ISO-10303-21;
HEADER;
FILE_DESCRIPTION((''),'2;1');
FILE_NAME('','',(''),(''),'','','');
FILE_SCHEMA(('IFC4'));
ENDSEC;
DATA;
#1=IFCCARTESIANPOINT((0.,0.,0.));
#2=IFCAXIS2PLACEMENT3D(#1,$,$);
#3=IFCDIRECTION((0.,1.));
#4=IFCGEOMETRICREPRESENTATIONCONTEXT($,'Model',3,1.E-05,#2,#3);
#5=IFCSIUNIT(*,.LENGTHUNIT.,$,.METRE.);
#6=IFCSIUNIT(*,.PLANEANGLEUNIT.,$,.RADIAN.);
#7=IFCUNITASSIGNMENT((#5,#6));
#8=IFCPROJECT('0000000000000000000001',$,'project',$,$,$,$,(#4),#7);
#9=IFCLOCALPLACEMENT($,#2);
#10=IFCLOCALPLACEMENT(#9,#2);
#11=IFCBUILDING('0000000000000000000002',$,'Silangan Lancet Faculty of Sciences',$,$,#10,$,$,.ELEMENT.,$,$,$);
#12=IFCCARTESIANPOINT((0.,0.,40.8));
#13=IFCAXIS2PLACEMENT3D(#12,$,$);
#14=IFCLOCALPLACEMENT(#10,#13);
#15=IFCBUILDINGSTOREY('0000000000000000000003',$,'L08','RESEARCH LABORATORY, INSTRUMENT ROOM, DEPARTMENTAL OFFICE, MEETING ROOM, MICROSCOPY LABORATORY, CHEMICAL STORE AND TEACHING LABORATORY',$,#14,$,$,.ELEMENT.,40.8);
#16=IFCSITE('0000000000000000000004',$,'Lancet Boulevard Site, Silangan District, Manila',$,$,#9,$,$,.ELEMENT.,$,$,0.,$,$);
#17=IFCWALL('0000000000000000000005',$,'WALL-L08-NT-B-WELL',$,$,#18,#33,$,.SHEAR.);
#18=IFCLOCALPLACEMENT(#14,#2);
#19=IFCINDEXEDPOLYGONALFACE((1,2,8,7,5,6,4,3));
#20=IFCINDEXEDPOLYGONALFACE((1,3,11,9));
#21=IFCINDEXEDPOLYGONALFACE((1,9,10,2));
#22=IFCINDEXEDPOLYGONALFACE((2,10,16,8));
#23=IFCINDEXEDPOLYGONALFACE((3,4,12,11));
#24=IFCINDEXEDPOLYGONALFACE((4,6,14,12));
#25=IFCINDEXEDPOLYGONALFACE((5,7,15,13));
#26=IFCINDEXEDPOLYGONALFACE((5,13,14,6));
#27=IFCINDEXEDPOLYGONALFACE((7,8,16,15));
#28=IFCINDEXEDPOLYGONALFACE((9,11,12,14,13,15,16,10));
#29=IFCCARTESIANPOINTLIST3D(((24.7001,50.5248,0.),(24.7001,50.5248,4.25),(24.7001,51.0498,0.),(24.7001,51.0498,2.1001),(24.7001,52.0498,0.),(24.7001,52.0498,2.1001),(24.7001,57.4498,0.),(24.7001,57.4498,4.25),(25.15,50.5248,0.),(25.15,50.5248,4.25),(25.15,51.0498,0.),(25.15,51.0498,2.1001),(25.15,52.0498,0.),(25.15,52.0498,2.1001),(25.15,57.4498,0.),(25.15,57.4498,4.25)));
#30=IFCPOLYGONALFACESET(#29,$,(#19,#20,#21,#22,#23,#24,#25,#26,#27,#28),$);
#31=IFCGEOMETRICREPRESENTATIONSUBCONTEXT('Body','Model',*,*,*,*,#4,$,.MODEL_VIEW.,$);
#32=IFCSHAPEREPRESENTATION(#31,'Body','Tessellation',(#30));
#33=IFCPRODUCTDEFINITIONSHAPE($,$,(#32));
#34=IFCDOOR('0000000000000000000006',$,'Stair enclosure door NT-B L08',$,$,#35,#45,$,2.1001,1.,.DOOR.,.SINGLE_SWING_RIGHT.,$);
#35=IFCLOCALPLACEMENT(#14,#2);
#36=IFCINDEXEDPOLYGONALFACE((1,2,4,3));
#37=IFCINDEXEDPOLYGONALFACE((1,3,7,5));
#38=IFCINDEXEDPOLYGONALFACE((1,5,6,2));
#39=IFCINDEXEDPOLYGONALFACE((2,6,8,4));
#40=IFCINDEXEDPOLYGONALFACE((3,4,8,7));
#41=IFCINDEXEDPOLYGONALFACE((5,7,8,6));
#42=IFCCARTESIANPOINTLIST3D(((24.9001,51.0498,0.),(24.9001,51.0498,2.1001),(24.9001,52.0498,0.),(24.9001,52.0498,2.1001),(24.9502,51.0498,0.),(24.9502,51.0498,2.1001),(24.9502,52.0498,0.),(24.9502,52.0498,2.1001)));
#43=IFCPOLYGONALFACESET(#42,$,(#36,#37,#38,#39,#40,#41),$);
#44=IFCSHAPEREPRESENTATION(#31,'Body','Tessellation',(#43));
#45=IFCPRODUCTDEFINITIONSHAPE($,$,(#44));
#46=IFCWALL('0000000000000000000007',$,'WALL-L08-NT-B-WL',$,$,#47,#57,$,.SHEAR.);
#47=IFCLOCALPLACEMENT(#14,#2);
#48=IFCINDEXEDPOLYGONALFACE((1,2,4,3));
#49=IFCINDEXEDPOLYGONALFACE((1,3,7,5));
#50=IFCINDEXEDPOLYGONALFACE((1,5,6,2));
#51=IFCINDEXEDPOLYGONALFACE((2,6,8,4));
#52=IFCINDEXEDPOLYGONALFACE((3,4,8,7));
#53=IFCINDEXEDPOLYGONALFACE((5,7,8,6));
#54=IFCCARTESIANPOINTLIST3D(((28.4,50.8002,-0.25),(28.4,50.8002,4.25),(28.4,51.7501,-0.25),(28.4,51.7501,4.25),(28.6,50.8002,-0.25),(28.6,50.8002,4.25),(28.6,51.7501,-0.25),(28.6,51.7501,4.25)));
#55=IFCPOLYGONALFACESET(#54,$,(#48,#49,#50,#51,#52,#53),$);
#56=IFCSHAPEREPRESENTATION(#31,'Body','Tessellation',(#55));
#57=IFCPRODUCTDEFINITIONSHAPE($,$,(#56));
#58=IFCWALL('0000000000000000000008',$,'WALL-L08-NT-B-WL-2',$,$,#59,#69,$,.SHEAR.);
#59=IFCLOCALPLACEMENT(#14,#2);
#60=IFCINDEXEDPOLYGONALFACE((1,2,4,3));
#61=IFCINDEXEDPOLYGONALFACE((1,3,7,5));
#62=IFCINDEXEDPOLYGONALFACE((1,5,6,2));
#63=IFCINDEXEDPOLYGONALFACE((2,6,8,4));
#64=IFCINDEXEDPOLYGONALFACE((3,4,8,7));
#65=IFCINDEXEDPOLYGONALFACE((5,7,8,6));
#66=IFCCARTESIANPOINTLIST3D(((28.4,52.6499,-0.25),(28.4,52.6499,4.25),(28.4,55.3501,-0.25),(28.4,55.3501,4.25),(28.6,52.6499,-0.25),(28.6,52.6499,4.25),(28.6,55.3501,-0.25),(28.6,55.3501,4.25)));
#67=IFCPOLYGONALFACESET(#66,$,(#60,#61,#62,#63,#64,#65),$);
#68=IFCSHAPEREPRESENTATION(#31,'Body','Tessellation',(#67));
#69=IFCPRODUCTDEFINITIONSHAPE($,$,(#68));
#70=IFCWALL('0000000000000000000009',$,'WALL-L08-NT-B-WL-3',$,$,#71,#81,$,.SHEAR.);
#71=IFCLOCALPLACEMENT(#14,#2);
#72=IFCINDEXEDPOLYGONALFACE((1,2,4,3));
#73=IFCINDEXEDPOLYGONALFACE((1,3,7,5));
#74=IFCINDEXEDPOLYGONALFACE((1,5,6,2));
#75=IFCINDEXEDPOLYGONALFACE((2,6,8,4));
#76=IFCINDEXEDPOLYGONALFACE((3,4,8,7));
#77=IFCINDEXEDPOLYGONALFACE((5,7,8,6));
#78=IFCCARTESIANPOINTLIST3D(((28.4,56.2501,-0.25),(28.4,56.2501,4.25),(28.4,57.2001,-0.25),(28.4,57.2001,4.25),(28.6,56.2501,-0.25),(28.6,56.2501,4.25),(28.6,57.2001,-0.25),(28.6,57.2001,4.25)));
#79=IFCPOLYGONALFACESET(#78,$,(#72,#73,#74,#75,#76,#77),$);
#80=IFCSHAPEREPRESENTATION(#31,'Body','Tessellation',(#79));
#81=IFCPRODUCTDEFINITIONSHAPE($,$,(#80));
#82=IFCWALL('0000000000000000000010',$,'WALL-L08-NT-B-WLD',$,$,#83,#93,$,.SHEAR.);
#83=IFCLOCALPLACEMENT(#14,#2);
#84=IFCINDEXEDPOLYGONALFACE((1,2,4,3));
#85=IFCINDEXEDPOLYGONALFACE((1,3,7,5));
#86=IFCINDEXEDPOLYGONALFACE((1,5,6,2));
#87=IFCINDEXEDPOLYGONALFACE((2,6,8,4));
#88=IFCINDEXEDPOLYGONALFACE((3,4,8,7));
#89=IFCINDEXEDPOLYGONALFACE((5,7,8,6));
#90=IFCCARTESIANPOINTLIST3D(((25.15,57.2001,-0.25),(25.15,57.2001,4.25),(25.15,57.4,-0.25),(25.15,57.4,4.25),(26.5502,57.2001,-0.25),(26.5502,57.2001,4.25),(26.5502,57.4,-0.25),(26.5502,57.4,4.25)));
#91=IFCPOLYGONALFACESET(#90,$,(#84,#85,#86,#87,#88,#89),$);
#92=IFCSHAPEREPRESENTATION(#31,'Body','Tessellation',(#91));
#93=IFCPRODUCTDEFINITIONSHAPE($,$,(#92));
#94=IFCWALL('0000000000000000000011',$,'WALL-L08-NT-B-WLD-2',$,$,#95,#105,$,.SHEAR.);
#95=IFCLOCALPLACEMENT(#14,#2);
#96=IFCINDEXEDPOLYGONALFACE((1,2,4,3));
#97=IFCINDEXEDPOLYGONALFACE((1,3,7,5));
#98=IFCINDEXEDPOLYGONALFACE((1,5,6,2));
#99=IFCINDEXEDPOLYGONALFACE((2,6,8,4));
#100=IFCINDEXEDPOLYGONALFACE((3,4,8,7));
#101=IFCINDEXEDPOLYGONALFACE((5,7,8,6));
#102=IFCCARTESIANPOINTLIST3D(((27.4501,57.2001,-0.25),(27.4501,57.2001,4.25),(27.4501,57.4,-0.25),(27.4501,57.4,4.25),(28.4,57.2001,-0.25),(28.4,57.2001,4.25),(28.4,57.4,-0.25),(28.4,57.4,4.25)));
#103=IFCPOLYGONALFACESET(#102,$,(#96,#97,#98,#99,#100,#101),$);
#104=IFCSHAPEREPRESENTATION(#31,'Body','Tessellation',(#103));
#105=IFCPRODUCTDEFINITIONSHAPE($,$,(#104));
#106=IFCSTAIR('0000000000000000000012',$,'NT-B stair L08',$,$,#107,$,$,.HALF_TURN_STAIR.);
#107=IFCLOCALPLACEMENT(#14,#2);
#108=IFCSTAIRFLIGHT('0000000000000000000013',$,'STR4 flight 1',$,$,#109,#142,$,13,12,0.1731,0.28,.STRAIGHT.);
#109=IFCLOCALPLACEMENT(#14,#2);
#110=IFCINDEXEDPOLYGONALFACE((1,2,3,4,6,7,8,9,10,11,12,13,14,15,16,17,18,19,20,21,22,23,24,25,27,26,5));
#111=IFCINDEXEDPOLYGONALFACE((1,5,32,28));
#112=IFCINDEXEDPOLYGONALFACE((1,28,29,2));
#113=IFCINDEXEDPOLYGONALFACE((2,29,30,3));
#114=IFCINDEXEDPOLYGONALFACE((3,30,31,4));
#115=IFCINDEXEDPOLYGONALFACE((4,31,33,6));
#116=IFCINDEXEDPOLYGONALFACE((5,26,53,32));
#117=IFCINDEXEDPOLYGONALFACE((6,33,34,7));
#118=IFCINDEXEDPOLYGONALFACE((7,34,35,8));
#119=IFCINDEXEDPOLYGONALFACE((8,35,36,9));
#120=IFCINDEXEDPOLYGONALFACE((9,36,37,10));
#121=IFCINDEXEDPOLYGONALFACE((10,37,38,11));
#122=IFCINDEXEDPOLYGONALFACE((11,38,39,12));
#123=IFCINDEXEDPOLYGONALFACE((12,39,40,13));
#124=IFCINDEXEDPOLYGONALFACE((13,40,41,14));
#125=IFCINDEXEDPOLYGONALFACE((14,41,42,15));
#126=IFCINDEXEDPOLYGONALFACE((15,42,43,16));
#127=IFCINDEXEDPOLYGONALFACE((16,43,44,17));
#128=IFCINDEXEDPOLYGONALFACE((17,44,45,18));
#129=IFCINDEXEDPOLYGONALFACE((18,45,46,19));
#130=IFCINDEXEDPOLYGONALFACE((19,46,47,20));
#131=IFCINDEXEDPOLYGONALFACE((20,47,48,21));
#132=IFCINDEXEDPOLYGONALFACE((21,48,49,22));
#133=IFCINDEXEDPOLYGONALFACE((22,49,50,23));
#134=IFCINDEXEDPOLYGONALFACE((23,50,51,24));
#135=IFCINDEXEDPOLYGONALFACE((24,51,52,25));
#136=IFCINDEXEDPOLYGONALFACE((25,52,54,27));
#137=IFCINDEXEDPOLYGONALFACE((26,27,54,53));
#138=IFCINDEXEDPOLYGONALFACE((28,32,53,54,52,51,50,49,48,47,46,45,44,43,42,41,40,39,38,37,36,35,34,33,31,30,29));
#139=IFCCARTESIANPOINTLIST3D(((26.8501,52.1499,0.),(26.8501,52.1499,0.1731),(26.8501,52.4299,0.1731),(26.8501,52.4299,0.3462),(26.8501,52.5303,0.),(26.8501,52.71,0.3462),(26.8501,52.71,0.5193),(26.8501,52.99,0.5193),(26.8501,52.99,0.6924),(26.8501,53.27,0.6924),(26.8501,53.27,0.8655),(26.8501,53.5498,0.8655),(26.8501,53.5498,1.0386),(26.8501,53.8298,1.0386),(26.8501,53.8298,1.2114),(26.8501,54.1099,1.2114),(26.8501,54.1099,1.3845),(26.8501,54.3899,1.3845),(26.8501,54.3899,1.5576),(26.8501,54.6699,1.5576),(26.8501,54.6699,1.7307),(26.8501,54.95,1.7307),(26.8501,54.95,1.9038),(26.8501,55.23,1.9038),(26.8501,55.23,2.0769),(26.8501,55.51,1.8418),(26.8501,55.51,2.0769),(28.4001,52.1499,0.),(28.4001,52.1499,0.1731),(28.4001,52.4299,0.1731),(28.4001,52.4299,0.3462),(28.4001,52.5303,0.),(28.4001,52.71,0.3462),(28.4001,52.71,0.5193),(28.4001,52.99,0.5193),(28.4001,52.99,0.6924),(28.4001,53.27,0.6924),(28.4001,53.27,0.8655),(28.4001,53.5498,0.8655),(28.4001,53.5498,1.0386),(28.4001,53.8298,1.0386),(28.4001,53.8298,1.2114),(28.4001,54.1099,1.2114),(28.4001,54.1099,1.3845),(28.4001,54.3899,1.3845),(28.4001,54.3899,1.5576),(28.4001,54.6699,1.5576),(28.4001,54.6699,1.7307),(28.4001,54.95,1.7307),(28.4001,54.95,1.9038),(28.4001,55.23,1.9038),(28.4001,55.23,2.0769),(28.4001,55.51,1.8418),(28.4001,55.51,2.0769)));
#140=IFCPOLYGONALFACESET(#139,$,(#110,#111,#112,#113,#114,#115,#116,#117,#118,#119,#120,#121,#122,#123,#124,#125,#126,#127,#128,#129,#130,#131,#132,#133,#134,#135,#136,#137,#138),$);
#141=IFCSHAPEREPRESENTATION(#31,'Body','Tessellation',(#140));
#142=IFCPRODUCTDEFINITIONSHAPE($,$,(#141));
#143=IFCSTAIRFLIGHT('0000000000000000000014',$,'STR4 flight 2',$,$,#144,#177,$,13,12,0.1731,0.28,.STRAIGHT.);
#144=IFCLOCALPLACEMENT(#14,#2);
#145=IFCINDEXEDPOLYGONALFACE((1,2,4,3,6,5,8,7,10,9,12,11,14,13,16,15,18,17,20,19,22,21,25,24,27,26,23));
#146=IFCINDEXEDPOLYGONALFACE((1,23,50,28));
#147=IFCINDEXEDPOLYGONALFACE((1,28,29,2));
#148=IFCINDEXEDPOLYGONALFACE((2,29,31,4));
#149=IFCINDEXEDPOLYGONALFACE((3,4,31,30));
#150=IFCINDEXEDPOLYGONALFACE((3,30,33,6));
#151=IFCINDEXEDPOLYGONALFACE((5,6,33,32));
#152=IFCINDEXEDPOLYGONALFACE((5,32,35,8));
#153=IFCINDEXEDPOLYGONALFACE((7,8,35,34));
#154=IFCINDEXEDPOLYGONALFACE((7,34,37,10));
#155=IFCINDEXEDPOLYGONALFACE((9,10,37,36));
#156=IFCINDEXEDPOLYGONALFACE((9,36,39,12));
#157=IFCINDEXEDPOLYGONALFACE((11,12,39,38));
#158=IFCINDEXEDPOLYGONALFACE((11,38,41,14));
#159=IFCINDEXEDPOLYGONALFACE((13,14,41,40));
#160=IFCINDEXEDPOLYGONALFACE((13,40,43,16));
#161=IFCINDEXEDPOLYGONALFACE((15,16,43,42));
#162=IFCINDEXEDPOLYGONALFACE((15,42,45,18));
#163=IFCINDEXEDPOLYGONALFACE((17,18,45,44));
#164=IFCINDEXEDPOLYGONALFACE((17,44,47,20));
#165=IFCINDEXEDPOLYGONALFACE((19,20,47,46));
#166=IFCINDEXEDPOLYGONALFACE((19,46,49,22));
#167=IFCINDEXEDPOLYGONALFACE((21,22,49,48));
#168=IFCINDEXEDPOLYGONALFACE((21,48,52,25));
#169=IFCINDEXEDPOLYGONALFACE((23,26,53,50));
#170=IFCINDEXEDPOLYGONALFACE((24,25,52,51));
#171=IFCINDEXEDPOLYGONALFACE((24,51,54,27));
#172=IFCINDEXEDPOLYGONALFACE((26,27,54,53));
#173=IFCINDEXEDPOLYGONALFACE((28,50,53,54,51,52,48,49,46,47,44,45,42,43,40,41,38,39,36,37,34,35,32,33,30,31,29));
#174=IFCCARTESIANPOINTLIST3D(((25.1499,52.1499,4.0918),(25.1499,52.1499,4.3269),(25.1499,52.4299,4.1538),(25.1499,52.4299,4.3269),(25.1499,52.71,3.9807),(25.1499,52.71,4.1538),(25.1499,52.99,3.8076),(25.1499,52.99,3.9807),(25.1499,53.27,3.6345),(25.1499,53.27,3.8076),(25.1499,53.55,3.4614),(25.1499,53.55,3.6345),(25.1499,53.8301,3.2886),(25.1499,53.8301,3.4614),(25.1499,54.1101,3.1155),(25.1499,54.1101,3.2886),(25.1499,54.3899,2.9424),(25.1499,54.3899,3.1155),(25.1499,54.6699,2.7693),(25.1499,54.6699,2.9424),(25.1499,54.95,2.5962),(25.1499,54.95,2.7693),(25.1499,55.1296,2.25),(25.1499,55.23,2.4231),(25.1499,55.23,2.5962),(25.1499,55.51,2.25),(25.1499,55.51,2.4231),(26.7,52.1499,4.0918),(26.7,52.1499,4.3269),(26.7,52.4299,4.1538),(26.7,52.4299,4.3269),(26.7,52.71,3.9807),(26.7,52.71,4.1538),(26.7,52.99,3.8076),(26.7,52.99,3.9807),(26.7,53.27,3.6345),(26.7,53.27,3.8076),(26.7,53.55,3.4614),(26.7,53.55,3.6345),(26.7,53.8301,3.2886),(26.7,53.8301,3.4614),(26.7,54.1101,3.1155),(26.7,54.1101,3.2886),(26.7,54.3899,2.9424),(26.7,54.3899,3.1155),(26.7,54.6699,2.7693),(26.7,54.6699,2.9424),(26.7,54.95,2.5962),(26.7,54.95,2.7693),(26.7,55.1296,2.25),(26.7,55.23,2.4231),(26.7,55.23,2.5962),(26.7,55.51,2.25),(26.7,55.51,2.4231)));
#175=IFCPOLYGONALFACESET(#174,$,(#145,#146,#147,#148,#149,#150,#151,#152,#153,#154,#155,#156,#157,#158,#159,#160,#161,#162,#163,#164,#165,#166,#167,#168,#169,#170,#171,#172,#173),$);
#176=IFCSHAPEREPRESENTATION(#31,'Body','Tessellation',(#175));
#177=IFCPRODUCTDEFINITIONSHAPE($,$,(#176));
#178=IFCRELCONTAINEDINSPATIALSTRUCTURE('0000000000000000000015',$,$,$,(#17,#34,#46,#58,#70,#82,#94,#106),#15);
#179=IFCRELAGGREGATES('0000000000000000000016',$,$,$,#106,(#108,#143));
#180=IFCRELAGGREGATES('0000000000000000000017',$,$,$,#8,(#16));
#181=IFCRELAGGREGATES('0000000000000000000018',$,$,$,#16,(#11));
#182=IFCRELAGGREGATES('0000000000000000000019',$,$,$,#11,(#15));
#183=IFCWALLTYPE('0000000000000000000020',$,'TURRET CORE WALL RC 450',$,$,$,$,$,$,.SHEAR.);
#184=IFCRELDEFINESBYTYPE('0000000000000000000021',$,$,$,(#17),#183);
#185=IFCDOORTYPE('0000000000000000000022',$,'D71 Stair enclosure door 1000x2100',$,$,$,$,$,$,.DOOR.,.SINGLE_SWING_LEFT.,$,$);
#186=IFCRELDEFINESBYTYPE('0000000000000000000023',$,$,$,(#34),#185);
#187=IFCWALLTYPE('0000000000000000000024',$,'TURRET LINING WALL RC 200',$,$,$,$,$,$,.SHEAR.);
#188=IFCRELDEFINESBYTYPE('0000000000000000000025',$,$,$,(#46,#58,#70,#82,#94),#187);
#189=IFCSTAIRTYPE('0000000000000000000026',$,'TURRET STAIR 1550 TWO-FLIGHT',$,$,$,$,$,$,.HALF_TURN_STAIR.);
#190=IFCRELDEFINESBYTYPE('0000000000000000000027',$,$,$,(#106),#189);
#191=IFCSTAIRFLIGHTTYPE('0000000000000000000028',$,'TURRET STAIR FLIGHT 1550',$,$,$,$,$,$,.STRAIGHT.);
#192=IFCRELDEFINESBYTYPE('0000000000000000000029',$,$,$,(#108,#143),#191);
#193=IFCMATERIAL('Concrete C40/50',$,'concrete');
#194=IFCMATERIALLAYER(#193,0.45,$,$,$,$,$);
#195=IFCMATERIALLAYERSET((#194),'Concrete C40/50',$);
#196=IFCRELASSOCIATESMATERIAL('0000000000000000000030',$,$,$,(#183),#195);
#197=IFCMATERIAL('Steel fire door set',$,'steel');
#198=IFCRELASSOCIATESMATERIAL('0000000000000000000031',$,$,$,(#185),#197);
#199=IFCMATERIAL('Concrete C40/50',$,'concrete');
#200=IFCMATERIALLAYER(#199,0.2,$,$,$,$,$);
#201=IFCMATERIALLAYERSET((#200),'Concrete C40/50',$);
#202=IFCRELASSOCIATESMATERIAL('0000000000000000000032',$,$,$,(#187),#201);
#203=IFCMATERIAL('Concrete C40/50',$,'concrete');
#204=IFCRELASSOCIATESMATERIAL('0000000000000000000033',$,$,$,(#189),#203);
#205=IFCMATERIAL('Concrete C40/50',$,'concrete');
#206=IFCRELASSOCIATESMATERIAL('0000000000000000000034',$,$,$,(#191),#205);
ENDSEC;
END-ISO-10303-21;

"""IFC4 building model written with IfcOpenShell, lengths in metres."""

from ifc_helpers import new_model, si_unit, direction, frame, frame_2d, origin, place, context, subcontext, project, spatial, polyline, rectangle, outline, extrude, material, layer, layer_set, type_object, element, fill, aggregate, save


model = new_model("IFC4")

# Units and contexts
model_context = context("Model", 3, precision=1e-05, world=origin(), true_north=direction((0.0, 1.0)))
body_context = subcontext(model_context, "Body", "Model", "MODEL_VIEW")
ifc_project = project(units=[si_unit("LENGTHUNIT", "METRE"), si_unit("PLANEANGLEUNIT", "RADIAN")], contexts=[model_context])

# Site, building, storey
site_placement = place(None, origin())
site = spatial("IfcSite", under=ifc_project, at=site_placement, Name="Lancet Boulevard Site, Silangan District, Manila", CompositionType="ELEMENT", RefElevation=0.0)
building_placement = place(site_placement, origin())
building = spatial("IfcBuilding", under=site, at=building_placement, Name="Silangan Lancet Faculty of Sciences", CompositionType="ELEMENT")
storey_placement = place(building_placement, frame((0.0, 0.0, 40.8)))
storey = spatial("IfcBuildingStorey", under=building, at=storey_placement, Name="L08", Description="RESEARCH LABORATORY, INSTRUMENT ROOM, DEPARTMENTAL OFFICE, MEETING ROOM, MICROSCOPY LABORATORY, CHEMICAL STORE AND TEACHING LABORATORY", CompositionType="ELEMENT", Elevation=40.8)

# Wall, opening, door
ifc_material_1 = material(Name="Concrete C40/50", Category="concrete")
ifc_layer_1 = layer(ifc_material_1, 0.45)
ifc_layer_set_1 = layer_set([ifc_layer_1], Name="Concrete C40/50")
wall_type_1 = type_object("IfcWallType", Name="TURRET CORE WALL RC 450", PredefinedType="SHEAR", material=ifc_layer_set_1)
wall_1_placement = place(storey_placement, frame((24.925, 50.5249, 0.0), z_axis=(0.0, 0.0, 1.0), x_axis=(0.0, 1.0, 0.0)))
wall_1 = element("IfcWall", 1, at=wall_1_placement, inside=storey, type_object=wall_type_1, Name="WALL-L08-NT-B-WELL", PredefinedType="SHEAR", context=body_context, shape_type="SweptSolid", body=[
    extrude(rectangle(XDim=6.925, YDim=0.45, at=frame_2d((3.4624, 0.0))), origin(), (0.0, 0.0, 1.0), 4.25),
])
opening_1_placement = place(wall_1_placement, frame((0.5249, 0.0, 0.0)))
opening_1 = element("IfcOpeningElement", 2, at=opening_1_placement, cuts=wall_1, PredefinedType="OPENING", context=body_context, shape_type="SweptSolid", body=[
    extrude(rectangle(XDim=1.0, YDim=2.1001, at=frame_2d((0.5, 1.05))), frame((0.0, 0.2349, 0.0), z_axis=(0.0, -1.0, 0.0), x_axis=(1.0, 0.0, 0.0)), (0.0, 0.0, 1.0), 0.47),
])
ifc_material_2 = material(Name="Steel fire door set", Category="steel")
door_type = type_object("IfcDoorType", Name="D71 Stair enclosure door 1000x2100", OperationType="SINGLE_SWING_LEFT", PredefinedType="DOOR", material=ifc_material_2)
door_placement = place(opening_1_placement, frame((1.0, 0.0, 0.0), z_axis=(0.0, 0.0, 1.0), x_axis=(-1.0, 0.0, 0.0)))
door = element("IfcDoor", 3, at=door_placement, inside=storey, type_object=door_type, Name="Stair enclosure door NT-B L08", OperationType="SINGLE_SWING_RIGHT", OverallHeight=2.1001, OverallWidth=1.0, PredefinedType="DOOR", context=body_context, shape_type="SweptSolid", body=[
    extrude(rectangle(XDim=1.0, YDim=2.1001, at=frame_2d((0.5, 1.05))), frame((0.0, 0.0251, 0.0), z_axis=(0.0, -1.0, 0.0), x_axis=(1.0, 0.0, 0.0)), (0.0, 0.0, 1.0), 0.05),
])
fill(opening_1, door)

# Walls
ifc_material_3 = material(Name="Concrete C40/50", Category="concrete")
ifc_layer_2 = layer(ifc_material_3, 0.2)
ifc_layer_set_2 = layer_set([ifc_layer_2], Name="Concrete C40/50")
wall_type_2 = type_object("IfcWallType", Name="TURRET LINING WALL RC 200", PredefinedType="SHEAR", material=ifc_layer_set_2)
wall_2_placement = place(storey_placement, frame((28.5, 50.8, -0.25), z_axis=(0.0, 0.0, 1.0), x_axis=(0.0, 1.0, 0.0)))
element("IfcWall", 4, at=wall_2_placement, inside=storey, type_object=wall_type_2, Name="WALL-L08-NT-B-WL", PredefinedType="SHEAR", context=body_context, shape_type="SweptSolid", body=[
    extrude(rectangle(XDim=0.95, YDim=0.2, at=frame_2d((0.4751, 0.0))), origin(), (0.0, 0.0, 1.0), 4.5),
])
wall_3_placement = place(storey_placement, frame((28.5, 52.6499, -0.25), z_axis=(0.0, 0.0, 1.0), x_axis=(0.0, 1.0, 0.0)))
element("IfcWall", 5, at=wall_3_placement, inside=storey, type_object=wall_type_2, Name="WALL-L08-NT-B-WL-2", PredefinedType="SHEAR", context=body_context, shape_type="SweptSolid", body=[
    extrude(rectangle(XDim=2.7002, YDim=0.2, at=frame_2d((1.3501, 0.0))), origin(), (0.0, 0.0, 1.0), 4.5),
])
wall_4_placement = place(storey_placement, frame((28.5, 56.25, -0.25), z_axis=(0.0, 0.0, 1.0), x_axis=(0.0, 1.0, 0.0)))
element("IfcWall", 6, at=wall_4_placement, inside=storey, type_object=wall_type_2, Name="WALL-L08-NT-B-WL-3", PredefinedType="SHEAR", context=body_context, shape_type="SweptSolid", body=[
    extrude(rectangle(XDim=0.95, YDim=0.2, at=frame_2d((0.4751, 0.0))), origin(), (0.0, 0.0, 1.0), 4.5),
])
wall_5_placement = place(storey_placement, frame((25.1499, 57.3, -0.25), z_axis=(0.0, 0.0, 1.0), x_axis=(1.0, 0.0, 0.0)))
element("IfcWall", 7, at=wall_5_placement, inside=storey, type_object=wall_type_2, Name="WALL-L08-NT-B-WLD", PredefinedType="SHEAR", context=body_context, shape_type="SweptSolid", body=[
    extrude(rectangle(XDim=1.4001, YDim=0.2, at=frame_2d((0.7002, 0.0))), origin(), (0.0, 0.0, 1.0), 4.5),
])
wall_6_placement = place(storey_placement, frame((27.45, 57.3, -0.25), z_axis=(0.0, 0.0, 1.0), x_axis=(1.0, 0.0, 0.0)))
element("IfcWall", 8, at=wall_6_placement, inside=storey, type_object=wall_type_2, Name="WALL-L08-NT-B-WLD-2", PredefinedType="SHEAR", context=body_context, shape_type="SweptSolid", body=[
    extrude(rectangle(XDim=0.95, YDim=0.2, at=frame_2d((0.4751, 0.0))), origin(), (0.0, 0.0, 1.0), 4.5),
])

# Stair, stair flights
ifc_material_4 = material(Name="Concrete C40/50", Category="concrete")
stair_type = type_object("IfcStairType", Name="TURRET STAIR 1550 TWO-FLIGHT", PredefinedType="HALF_TURN_STAIR", material=ifc_material_4)
stair_placement = place(storey_placement, origin())
stair = element("IfcStair", 9, at=stair_placement, inside=storey, type_object=stair_type, Name="NT-B stair L08", PredefinedType="HALF_TURN_STAIR")
ifc_material_5 = material(Name="Concrete C40/50", Category="concrete")
stair_flight_type = type_object("IfcStairFlightType", Name="TURRET STAIR FLIGHT 1550", PredefinedType="STRAIGHT", material=ifc_material_5)
stair_flight_1_placement = place(storey_placement, frame((27.625, 52.1499, 0.0), z_axis=(0.0, 0.0, 1.0), x_axis=(0.0, 1.0, 0.0)))
stair_flight_1 = element("IfcStairFlight", 10, at=stair_flight_1_placement, type_object=stair_flight_type, Name="STR4 flight 1", NumberOfRisers=13, NumberOfTreads=12, PredefinedType="STRAIGHT", RiserHeight=0.1731, TreadLength=0.28, context=body_context, shape_type="SweptSolid", body=[
    extrude(outline(polyline([(0.0, 0.0), (0.0, 0.1731), (0.28, 0.1731), (0.28, 0.3462), (0.5601, 0.3462), (0.5601, 0.5193), (0.8401, 0.5193), (0.8401, 0.6924), (1.1201, 0.6924), (1.1201, 0.8655), (1.3999, 0.8655), (1.3999, 1.0386), (1.6799, 1.0386), (1.6799, 1.2114), (1.96, 1.2114), (1.96, 1.3845), (2.24, 1.3845), (2.24, 1.5576), (2.52, 1.5576), (2.52, 1.7307), (2.8, 1.7307), (2.8, 1.9038), (3.0801, 1.9038), (3.0801, 2.0769), (3.3601, 2.0769), (3.3601, 2.25), (3.3601, 1.8418), (0.3804, 0.0), (0.0, 0.0)])), frame((0.0, 0.7749, 0.0), z_axis=(0.0, -1.0, 0.0), x_axis=(1.0, 0.0, 0.0)), (0.0, 0.0, 1.0), 1.55),
])
stair_flight_2_placement = place(storey_placement, frame((25.925, 55.51, 2.25), z_axis=(0.0, 0.0, 1.0), x_axis=(0.0, -1.0, 0.0)))
stair_flight_2 = element("IfcStairFlight", 11, at=stair_flight_2_placement, type_object=stair_flight_type, Name="STR4 flight 2", NumberOfRisers=13, NumberOfTreads=12, PredefinedType="STRAIGHT", RiserHeight=0.1731, TreadLength=0.28, context=body_context, shape_type="SweptSolid", body=[
    extrude(outline(polyline([(0.0, 0.0), (0.0, 0.1731), (0.28, 0.1731), (0.28, 0.3462), (0.5601, 0.3462), (0.5601, 0.5193), (0.8401, 0.5193), (0.8401, 0.6924), (1.1201, 0.6924), (1.1201, 0.8655), (1.3999, 0.8655), (1.3999, 1.0386), (1.6799, 1.0386), (1.6799, 1.2114), (1.96, 1.2114), (1.96, 1.3845), (2.24, 1.3845), (2.24, 1.5576), (2.52, 1.5576), (2.52, 1.7307), (2.8, 1.7307), (2.8, 1.9038), (3.0801, 1.9038), (3.0801, 2.0769), (3.3601, 2.0769), (3.3601, 2.25), (3.3601, 1.8418), (0.3804, 0.0), (0.0, 0.0)])), frame((0.0, 0.7749, 0.0), z_axis=(0.0, -1.0, 0.0), x_axis=(1.0, 0.0, 0.0)), (0.0, 0.0, 1.0), 1.55),
])
aggregate(stair, [stair_flight_1, stair_flight_2])

save(model, "model.ifc")
